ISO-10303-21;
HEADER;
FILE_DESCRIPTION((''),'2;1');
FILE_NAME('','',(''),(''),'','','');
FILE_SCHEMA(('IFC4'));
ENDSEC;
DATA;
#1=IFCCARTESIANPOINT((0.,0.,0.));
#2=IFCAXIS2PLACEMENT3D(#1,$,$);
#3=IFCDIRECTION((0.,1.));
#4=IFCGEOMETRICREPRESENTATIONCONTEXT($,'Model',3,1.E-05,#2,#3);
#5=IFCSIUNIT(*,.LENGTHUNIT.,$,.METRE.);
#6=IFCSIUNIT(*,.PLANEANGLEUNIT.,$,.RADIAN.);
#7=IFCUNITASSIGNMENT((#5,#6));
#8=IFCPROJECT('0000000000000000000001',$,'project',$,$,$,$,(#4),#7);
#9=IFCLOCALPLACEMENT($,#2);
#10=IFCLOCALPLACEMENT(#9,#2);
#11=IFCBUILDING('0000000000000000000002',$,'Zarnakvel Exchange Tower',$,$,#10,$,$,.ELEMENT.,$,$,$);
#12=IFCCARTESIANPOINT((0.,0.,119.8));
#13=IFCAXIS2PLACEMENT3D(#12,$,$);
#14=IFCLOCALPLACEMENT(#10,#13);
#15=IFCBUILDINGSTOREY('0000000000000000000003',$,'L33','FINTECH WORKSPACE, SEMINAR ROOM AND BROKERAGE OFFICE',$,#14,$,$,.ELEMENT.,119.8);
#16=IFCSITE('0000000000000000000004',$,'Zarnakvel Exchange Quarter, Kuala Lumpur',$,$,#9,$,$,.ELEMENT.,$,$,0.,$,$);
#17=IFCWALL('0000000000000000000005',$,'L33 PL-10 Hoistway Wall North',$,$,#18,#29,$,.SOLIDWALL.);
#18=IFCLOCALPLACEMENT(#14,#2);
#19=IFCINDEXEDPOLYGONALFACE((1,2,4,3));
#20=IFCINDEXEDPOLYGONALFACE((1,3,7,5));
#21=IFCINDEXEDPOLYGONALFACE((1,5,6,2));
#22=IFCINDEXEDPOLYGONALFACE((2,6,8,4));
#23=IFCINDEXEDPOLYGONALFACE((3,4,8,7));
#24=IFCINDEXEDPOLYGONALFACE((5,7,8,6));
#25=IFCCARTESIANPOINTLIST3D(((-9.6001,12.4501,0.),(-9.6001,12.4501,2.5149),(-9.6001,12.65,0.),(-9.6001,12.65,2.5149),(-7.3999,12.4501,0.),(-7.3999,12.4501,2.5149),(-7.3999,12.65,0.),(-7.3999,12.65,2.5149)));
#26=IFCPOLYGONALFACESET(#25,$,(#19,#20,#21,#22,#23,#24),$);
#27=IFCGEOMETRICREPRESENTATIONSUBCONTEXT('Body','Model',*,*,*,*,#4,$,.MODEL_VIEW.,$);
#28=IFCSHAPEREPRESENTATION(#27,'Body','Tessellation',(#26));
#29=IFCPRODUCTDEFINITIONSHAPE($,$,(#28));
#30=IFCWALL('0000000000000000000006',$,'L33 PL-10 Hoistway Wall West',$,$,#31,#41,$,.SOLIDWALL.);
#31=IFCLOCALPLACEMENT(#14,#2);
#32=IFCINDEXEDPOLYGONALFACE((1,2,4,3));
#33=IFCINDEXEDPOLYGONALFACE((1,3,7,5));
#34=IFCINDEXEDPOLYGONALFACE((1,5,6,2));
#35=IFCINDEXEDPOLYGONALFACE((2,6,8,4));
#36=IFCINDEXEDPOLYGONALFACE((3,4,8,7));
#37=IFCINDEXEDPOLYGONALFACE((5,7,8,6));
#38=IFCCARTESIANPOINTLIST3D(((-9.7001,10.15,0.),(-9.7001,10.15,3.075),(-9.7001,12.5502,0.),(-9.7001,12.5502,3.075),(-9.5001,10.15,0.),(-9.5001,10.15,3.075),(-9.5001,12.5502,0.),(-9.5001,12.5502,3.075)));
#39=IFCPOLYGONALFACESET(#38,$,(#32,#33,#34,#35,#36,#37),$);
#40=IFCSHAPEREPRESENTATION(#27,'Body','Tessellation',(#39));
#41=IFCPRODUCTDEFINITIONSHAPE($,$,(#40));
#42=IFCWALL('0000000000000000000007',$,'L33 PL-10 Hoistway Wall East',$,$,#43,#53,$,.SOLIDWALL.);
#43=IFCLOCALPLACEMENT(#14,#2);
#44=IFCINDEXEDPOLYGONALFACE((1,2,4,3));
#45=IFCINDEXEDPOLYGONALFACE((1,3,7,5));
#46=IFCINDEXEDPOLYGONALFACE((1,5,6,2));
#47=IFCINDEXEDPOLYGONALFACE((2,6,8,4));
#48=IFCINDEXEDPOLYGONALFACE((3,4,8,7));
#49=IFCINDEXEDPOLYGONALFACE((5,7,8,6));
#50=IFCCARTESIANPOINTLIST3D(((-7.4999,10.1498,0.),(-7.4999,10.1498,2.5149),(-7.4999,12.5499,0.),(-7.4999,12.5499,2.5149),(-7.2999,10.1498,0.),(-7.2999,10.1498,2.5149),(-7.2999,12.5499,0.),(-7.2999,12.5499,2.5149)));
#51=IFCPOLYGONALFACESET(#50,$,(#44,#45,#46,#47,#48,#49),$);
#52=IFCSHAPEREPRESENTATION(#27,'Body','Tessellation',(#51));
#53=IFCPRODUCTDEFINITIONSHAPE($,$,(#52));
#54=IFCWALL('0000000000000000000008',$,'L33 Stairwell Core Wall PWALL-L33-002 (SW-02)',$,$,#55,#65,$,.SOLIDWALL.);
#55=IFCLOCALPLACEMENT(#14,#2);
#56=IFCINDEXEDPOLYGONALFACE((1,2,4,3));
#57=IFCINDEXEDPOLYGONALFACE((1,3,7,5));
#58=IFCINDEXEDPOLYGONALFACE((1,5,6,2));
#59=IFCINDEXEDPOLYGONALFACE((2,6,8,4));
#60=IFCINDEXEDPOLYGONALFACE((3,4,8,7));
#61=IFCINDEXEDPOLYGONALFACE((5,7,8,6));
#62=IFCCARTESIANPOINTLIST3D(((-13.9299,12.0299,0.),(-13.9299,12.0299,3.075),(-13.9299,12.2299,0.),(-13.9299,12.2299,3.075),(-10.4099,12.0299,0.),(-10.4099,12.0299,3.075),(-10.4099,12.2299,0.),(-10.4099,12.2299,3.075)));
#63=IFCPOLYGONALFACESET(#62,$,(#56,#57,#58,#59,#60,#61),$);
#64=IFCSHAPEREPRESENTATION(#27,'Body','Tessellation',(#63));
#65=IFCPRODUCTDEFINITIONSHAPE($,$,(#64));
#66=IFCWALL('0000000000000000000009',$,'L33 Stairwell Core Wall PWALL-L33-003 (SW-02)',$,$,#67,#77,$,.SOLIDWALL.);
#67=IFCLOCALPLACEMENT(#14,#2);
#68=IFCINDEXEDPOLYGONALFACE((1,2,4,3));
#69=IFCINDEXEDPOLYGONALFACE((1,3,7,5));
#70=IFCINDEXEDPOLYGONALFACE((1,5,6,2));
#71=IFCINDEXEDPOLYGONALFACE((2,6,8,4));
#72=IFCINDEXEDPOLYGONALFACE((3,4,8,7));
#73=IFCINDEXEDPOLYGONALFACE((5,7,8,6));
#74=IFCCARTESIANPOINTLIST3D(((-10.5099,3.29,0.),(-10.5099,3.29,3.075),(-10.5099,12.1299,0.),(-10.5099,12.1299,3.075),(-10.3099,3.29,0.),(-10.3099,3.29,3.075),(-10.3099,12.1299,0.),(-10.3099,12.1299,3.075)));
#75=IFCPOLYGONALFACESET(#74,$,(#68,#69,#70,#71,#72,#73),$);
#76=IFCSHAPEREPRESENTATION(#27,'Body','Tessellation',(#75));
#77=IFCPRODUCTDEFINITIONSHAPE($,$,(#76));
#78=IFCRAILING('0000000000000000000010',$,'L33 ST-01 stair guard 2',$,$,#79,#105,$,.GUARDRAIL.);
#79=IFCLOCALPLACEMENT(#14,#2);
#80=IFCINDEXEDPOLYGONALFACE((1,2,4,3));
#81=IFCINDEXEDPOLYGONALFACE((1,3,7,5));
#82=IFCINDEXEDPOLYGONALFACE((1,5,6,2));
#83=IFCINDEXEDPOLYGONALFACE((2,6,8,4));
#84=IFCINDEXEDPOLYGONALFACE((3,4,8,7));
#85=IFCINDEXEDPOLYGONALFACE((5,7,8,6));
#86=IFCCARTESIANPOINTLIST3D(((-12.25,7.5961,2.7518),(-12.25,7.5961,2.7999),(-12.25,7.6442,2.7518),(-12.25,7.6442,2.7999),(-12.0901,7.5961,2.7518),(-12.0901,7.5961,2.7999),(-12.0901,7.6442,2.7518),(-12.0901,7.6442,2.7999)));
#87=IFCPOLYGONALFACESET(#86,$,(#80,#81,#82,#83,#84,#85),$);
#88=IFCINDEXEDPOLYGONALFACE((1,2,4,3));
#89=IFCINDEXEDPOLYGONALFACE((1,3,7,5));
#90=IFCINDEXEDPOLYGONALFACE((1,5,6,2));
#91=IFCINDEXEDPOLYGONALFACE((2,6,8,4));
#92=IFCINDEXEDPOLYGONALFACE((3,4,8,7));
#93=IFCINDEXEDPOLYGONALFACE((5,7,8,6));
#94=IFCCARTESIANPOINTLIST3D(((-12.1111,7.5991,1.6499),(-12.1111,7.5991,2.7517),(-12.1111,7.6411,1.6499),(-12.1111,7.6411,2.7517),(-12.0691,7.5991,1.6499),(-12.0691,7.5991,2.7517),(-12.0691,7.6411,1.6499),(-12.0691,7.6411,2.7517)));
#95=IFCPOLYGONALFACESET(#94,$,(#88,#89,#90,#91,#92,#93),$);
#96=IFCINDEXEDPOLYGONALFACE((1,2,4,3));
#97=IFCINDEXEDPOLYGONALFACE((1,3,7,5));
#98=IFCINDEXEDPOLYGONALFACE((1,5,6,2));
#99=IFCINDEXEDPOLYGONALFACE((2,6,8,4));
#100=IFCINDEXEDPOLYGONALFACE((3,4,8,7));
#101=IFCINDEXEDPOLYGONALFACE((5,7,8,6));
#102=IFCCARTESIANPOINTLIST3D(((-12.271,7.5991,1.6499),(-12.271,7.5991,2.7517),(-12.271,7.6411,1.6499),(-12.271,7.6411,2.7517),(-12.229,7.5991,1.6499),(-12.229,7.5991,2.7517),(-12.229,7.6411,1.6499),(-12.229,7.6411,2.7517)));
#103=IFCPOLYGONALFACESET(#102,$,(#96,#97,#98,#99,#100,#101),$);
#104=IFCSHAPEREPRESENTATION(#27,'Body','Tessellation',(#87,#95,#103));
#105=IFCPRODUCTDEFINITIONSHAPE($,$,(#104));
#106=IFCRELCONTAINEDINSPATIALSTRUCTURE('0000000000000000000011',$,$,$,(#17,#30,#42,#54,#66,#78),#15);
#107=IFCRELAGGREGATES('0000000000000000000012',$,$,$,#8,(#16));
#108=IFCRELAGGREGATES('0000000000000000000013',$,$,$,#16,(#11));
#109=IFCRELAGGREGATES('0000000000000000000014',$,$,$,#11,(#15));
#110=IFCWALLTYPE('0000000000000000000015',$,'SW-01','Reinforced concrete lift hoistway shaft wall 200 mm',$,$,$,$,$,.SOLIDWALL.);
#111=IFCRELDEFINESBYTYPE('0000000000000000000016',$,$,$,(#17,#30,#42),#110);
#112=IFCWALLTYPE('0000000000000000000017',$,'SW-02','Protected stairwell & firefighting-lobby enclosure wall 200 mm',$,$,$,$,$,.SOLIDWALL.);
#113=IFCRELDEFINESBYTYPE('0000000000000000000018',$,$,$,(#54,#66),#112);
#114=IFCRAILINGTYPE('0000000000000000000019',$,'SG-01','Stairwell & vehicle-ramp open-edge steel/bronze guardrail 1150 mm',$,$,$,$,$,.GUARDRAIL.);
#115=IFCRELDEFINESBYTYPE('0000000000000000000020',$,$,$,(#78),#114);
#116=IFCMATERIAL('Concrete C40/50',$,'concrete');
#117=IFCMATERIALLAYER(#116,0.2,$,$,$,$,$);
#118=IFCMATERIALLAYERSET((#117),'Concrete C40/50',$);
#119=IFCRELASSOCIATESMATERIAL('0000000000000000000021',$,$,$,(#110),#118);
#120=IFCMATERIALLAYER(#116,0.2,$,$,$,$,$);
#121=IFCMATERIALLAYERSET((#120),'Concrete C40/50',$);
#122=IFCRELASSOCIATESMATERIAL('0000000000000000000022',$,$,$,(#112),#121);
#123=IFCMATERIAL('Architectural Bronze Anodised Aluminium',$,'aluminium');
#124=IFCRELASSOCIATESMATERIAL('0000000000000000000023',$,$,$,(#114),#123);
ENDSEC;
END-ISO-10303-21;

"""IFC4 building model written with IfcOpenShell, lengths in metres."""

from ifc_helpers import new_model, si_unit, direction, frame, frame_2d, origin, origin_2d, place, context, subcontext, project, spatial, rectangle, extrude, material, layer, layer_set, type_object, element, save


model = new_model("IFC4")

# Units and contexts
model_context = context("Model", 3, precision=1e-05, world=origin(), true_north=direction((0.0, 1.0)))
body_context = subcontext(model_context, "Body", "Model", "MODEL_VIEW")
ifc_project = project(units=[si_unit("LENGTHUNIT", "METRE"), si_unit("PLANEANGLEUNIT", "RADIAN")], contexts=[model_context])

# Site, building, storey
site_placement = place(None, origin())
site = spatial("IfcSite", under=ifc_project, at=site_placement, Name="Zarnakvel Exchange Quarter, Kuala Lumpur", CompositionType="ELEMENT", RefElevation=0.0)
building_placement = place(site_placement, origin())
building = spatial("IfcBuilding", under=site, at=building_placement, Name="Zarnakvel Exchange Tower", CompositionType="ELEMENT")
storey_placement = place(building_placement, frame((0.0, 0.0, 119.8)))
storey = spatial("IfcBuildingStorey", under=building, at=storey_placement, Name="L33", Description="FINTECH WORKSPACE, SEMINAR ROOM AND BROKERAGE OFFICE", CompositionType="ELEMENT", Elevation=119.8)

# Shared definitions
ifc_material_1 = material(Name="Architectural Bronze Anodised Aluminium", Category="aluminium")

# Walls
ifc_material_2 = material(Name="Concrete C40/50", Category="concrete")
ifc_layer_1 = layer(ifc_material_2, 0.2)
ifc_layer_set_1 = layer_set([ifc_layer_1], Name="Concrete C40/50")
wall_type_1 = type_object("IfcWallType", Name="SW-01", Description="Reinforced concrete lift hoistway shaft wall 200 mm", PredefinedType="SOLIDWALL", material=ifc_layer_set_1)
for number, where, z_axis, x_axis, name in (
    (1, (-9.6001, 12.55, 0.0), (0.0, 0.0, 1.0), (1.0, 0.0, 0.0), "L33 PL-10 Hoistway Wall North"),
):
    element("IfcWall", number, at=place(storey_placement, frame(where, z_axis=z_axis, x_axis=x_axis)), inside=storey, type_object=wall_type_1, Name=name, PredefinedType="SOLIDWALL", context=body_context, shape_type="SweptSolid", body=[
        extrude(rectangle(XDim=2.2002, YDim=0.2, at=frame_2d((1.1001, 0.0))), origin(), (0.0, 0.0, 1.0), 2.5149),
    ])
wall_1_placement = place(storey_placement, frame((-9.6001, 10.1499, 0.0), z_axis=(0.0, 0.0, 1.0), x_axis=(0.0, 1.0, 0.0)))
element("IfcWall", 2, at=wall_1_placement, inside=storey, type_object=wall_type_1, Name="L33 PL-10 Hoistway Wall West", PredefinedType="SOLIDWALL", context=body_context, shape_type="SweptSolid", body=[
    extrude(rectangle(XDim=2.4001, YDim=0.2, at=frame_2d((1.2002, 0.0))), origin(), (0.0, 0.0, 1.0), 3.075),
])
wall_2_placement = place(storey_placement, frame((-7.3999, 12.55, 0.0), z_axis=(0.0, 0.0, 1.0), x_axis=(0.0, -1.0, 0.0)))
element("IfcWall", 3, at=wall_2_placement, inside=storey, type_object=wall_type_1, Name="L33 PL-10 Hoistway Wall East", PredefinedType="SOLIDWALL", context=body_context, shape_type="SweptSolid", body=[
    extrude(rectangle(XDim=2.4001, YDim=0.2, at=frame_2d((1.2002, 0.0))), origin(), (0.0, 0.0, 1.0), 2.5149),
])
ifc_layer_2 = layer(ifc_material_2, 0.2)
ifc_layer_set_2 = layer_set([ifc_layer_2], Name="Concrete C40/50")
wall_type_2 = type_object("IfcWallType", Name="SW-02", Description="Protected stairwell & firefighting-lobby enclosure wall 200 mm", PredefinedType="SOLIDWALL", material=ifc_layer_set_2)
wall_3_placement = place(storey_placement, frame((-13.9299, 12.1299, 0.0), z_axis=(0.0, 0.0, 1.0), x_axis=(1.0, 0.0, 0.0)))
element("IfcWall", 4, at=wall_3_placement, inside=storey, type_object=wall_type_2, Name="L33 Stairwell Core Wall PWALL-L33-002 (SW-02)", PredefinedType="SOLIDWALL", context=body_context, shape_type="SweptSolid", body=[
    extrude(rectangle(XDim=3.52, YDim=0.2, at=frame_2d((1.76, 0.0))), origin(), (0.0, 0.0, 1.0), 3.075),
])
wall_4_placement = place(storey_placement, frame((-10.4099, 12.1299, 0.0), z_axis=(0.0, 0.0, 1.0), x_axis=(0.0, -1.0, 0.0)))
element("IfcWall", 5, at=wall_4_placement, inside=storey, type_object=wall_type_2, Name="L33 Stairwell Core Wall PWALL-L33-003 (SW-02)", PredefinedType="SOLIDWALL", context=body_context, shape_type="SweptSolid", body=[
    extrude(rectangle(XDim=8.8398, YDim=0.2, at=frame_2d((4.4199, 0.0))), origin(), (0.0, 0.0, 1.0), 3.075),
])

# Railing
railing_type = type_object("IfcRailingType", Name="SG-01", Description="Stairwell & vehicle-ramp open-edge steel/bronze guardrail 1150 mm", PredefinedType="GUARDRAIL", material=ifc_material_1)
railing_placement = place(storey_placement, frame((-12.0901, 7.6201, 1.6499)))
element("IfcRailing", 6, at=railing_placement, inside=storey, type_object=railing_type, Name="L33 ST-01 stair guard 2", PredefinedType="GUARDRAIL", context=body_context, shape_type="SweptSolid", body=[
    extrude(rectangle(XDim=0.0481, YDim=0.0481, at=origin_2d()), frame((0.0, 0.0, 1.126), z_axis=(-1.0, 0.0, 0.0), x_axis=(0.0, -1.0, 0.0)), (0.0, 0.0, 1.0), 0.1599),
    extrude(rectangle(XDim=0.042, YDim=0.042, at=origin_2d()), origin(), (0.0, 0.0, 1.0), 1.1018),
    extrude(rectangle(XDim=0.042, YDim=0.042, at=origin_2d()), frame((-0.1599, 0.0, 0.0)), (0.0, 0.0, 1.0), 1.1018),
])

save(model, "model.ifc")
